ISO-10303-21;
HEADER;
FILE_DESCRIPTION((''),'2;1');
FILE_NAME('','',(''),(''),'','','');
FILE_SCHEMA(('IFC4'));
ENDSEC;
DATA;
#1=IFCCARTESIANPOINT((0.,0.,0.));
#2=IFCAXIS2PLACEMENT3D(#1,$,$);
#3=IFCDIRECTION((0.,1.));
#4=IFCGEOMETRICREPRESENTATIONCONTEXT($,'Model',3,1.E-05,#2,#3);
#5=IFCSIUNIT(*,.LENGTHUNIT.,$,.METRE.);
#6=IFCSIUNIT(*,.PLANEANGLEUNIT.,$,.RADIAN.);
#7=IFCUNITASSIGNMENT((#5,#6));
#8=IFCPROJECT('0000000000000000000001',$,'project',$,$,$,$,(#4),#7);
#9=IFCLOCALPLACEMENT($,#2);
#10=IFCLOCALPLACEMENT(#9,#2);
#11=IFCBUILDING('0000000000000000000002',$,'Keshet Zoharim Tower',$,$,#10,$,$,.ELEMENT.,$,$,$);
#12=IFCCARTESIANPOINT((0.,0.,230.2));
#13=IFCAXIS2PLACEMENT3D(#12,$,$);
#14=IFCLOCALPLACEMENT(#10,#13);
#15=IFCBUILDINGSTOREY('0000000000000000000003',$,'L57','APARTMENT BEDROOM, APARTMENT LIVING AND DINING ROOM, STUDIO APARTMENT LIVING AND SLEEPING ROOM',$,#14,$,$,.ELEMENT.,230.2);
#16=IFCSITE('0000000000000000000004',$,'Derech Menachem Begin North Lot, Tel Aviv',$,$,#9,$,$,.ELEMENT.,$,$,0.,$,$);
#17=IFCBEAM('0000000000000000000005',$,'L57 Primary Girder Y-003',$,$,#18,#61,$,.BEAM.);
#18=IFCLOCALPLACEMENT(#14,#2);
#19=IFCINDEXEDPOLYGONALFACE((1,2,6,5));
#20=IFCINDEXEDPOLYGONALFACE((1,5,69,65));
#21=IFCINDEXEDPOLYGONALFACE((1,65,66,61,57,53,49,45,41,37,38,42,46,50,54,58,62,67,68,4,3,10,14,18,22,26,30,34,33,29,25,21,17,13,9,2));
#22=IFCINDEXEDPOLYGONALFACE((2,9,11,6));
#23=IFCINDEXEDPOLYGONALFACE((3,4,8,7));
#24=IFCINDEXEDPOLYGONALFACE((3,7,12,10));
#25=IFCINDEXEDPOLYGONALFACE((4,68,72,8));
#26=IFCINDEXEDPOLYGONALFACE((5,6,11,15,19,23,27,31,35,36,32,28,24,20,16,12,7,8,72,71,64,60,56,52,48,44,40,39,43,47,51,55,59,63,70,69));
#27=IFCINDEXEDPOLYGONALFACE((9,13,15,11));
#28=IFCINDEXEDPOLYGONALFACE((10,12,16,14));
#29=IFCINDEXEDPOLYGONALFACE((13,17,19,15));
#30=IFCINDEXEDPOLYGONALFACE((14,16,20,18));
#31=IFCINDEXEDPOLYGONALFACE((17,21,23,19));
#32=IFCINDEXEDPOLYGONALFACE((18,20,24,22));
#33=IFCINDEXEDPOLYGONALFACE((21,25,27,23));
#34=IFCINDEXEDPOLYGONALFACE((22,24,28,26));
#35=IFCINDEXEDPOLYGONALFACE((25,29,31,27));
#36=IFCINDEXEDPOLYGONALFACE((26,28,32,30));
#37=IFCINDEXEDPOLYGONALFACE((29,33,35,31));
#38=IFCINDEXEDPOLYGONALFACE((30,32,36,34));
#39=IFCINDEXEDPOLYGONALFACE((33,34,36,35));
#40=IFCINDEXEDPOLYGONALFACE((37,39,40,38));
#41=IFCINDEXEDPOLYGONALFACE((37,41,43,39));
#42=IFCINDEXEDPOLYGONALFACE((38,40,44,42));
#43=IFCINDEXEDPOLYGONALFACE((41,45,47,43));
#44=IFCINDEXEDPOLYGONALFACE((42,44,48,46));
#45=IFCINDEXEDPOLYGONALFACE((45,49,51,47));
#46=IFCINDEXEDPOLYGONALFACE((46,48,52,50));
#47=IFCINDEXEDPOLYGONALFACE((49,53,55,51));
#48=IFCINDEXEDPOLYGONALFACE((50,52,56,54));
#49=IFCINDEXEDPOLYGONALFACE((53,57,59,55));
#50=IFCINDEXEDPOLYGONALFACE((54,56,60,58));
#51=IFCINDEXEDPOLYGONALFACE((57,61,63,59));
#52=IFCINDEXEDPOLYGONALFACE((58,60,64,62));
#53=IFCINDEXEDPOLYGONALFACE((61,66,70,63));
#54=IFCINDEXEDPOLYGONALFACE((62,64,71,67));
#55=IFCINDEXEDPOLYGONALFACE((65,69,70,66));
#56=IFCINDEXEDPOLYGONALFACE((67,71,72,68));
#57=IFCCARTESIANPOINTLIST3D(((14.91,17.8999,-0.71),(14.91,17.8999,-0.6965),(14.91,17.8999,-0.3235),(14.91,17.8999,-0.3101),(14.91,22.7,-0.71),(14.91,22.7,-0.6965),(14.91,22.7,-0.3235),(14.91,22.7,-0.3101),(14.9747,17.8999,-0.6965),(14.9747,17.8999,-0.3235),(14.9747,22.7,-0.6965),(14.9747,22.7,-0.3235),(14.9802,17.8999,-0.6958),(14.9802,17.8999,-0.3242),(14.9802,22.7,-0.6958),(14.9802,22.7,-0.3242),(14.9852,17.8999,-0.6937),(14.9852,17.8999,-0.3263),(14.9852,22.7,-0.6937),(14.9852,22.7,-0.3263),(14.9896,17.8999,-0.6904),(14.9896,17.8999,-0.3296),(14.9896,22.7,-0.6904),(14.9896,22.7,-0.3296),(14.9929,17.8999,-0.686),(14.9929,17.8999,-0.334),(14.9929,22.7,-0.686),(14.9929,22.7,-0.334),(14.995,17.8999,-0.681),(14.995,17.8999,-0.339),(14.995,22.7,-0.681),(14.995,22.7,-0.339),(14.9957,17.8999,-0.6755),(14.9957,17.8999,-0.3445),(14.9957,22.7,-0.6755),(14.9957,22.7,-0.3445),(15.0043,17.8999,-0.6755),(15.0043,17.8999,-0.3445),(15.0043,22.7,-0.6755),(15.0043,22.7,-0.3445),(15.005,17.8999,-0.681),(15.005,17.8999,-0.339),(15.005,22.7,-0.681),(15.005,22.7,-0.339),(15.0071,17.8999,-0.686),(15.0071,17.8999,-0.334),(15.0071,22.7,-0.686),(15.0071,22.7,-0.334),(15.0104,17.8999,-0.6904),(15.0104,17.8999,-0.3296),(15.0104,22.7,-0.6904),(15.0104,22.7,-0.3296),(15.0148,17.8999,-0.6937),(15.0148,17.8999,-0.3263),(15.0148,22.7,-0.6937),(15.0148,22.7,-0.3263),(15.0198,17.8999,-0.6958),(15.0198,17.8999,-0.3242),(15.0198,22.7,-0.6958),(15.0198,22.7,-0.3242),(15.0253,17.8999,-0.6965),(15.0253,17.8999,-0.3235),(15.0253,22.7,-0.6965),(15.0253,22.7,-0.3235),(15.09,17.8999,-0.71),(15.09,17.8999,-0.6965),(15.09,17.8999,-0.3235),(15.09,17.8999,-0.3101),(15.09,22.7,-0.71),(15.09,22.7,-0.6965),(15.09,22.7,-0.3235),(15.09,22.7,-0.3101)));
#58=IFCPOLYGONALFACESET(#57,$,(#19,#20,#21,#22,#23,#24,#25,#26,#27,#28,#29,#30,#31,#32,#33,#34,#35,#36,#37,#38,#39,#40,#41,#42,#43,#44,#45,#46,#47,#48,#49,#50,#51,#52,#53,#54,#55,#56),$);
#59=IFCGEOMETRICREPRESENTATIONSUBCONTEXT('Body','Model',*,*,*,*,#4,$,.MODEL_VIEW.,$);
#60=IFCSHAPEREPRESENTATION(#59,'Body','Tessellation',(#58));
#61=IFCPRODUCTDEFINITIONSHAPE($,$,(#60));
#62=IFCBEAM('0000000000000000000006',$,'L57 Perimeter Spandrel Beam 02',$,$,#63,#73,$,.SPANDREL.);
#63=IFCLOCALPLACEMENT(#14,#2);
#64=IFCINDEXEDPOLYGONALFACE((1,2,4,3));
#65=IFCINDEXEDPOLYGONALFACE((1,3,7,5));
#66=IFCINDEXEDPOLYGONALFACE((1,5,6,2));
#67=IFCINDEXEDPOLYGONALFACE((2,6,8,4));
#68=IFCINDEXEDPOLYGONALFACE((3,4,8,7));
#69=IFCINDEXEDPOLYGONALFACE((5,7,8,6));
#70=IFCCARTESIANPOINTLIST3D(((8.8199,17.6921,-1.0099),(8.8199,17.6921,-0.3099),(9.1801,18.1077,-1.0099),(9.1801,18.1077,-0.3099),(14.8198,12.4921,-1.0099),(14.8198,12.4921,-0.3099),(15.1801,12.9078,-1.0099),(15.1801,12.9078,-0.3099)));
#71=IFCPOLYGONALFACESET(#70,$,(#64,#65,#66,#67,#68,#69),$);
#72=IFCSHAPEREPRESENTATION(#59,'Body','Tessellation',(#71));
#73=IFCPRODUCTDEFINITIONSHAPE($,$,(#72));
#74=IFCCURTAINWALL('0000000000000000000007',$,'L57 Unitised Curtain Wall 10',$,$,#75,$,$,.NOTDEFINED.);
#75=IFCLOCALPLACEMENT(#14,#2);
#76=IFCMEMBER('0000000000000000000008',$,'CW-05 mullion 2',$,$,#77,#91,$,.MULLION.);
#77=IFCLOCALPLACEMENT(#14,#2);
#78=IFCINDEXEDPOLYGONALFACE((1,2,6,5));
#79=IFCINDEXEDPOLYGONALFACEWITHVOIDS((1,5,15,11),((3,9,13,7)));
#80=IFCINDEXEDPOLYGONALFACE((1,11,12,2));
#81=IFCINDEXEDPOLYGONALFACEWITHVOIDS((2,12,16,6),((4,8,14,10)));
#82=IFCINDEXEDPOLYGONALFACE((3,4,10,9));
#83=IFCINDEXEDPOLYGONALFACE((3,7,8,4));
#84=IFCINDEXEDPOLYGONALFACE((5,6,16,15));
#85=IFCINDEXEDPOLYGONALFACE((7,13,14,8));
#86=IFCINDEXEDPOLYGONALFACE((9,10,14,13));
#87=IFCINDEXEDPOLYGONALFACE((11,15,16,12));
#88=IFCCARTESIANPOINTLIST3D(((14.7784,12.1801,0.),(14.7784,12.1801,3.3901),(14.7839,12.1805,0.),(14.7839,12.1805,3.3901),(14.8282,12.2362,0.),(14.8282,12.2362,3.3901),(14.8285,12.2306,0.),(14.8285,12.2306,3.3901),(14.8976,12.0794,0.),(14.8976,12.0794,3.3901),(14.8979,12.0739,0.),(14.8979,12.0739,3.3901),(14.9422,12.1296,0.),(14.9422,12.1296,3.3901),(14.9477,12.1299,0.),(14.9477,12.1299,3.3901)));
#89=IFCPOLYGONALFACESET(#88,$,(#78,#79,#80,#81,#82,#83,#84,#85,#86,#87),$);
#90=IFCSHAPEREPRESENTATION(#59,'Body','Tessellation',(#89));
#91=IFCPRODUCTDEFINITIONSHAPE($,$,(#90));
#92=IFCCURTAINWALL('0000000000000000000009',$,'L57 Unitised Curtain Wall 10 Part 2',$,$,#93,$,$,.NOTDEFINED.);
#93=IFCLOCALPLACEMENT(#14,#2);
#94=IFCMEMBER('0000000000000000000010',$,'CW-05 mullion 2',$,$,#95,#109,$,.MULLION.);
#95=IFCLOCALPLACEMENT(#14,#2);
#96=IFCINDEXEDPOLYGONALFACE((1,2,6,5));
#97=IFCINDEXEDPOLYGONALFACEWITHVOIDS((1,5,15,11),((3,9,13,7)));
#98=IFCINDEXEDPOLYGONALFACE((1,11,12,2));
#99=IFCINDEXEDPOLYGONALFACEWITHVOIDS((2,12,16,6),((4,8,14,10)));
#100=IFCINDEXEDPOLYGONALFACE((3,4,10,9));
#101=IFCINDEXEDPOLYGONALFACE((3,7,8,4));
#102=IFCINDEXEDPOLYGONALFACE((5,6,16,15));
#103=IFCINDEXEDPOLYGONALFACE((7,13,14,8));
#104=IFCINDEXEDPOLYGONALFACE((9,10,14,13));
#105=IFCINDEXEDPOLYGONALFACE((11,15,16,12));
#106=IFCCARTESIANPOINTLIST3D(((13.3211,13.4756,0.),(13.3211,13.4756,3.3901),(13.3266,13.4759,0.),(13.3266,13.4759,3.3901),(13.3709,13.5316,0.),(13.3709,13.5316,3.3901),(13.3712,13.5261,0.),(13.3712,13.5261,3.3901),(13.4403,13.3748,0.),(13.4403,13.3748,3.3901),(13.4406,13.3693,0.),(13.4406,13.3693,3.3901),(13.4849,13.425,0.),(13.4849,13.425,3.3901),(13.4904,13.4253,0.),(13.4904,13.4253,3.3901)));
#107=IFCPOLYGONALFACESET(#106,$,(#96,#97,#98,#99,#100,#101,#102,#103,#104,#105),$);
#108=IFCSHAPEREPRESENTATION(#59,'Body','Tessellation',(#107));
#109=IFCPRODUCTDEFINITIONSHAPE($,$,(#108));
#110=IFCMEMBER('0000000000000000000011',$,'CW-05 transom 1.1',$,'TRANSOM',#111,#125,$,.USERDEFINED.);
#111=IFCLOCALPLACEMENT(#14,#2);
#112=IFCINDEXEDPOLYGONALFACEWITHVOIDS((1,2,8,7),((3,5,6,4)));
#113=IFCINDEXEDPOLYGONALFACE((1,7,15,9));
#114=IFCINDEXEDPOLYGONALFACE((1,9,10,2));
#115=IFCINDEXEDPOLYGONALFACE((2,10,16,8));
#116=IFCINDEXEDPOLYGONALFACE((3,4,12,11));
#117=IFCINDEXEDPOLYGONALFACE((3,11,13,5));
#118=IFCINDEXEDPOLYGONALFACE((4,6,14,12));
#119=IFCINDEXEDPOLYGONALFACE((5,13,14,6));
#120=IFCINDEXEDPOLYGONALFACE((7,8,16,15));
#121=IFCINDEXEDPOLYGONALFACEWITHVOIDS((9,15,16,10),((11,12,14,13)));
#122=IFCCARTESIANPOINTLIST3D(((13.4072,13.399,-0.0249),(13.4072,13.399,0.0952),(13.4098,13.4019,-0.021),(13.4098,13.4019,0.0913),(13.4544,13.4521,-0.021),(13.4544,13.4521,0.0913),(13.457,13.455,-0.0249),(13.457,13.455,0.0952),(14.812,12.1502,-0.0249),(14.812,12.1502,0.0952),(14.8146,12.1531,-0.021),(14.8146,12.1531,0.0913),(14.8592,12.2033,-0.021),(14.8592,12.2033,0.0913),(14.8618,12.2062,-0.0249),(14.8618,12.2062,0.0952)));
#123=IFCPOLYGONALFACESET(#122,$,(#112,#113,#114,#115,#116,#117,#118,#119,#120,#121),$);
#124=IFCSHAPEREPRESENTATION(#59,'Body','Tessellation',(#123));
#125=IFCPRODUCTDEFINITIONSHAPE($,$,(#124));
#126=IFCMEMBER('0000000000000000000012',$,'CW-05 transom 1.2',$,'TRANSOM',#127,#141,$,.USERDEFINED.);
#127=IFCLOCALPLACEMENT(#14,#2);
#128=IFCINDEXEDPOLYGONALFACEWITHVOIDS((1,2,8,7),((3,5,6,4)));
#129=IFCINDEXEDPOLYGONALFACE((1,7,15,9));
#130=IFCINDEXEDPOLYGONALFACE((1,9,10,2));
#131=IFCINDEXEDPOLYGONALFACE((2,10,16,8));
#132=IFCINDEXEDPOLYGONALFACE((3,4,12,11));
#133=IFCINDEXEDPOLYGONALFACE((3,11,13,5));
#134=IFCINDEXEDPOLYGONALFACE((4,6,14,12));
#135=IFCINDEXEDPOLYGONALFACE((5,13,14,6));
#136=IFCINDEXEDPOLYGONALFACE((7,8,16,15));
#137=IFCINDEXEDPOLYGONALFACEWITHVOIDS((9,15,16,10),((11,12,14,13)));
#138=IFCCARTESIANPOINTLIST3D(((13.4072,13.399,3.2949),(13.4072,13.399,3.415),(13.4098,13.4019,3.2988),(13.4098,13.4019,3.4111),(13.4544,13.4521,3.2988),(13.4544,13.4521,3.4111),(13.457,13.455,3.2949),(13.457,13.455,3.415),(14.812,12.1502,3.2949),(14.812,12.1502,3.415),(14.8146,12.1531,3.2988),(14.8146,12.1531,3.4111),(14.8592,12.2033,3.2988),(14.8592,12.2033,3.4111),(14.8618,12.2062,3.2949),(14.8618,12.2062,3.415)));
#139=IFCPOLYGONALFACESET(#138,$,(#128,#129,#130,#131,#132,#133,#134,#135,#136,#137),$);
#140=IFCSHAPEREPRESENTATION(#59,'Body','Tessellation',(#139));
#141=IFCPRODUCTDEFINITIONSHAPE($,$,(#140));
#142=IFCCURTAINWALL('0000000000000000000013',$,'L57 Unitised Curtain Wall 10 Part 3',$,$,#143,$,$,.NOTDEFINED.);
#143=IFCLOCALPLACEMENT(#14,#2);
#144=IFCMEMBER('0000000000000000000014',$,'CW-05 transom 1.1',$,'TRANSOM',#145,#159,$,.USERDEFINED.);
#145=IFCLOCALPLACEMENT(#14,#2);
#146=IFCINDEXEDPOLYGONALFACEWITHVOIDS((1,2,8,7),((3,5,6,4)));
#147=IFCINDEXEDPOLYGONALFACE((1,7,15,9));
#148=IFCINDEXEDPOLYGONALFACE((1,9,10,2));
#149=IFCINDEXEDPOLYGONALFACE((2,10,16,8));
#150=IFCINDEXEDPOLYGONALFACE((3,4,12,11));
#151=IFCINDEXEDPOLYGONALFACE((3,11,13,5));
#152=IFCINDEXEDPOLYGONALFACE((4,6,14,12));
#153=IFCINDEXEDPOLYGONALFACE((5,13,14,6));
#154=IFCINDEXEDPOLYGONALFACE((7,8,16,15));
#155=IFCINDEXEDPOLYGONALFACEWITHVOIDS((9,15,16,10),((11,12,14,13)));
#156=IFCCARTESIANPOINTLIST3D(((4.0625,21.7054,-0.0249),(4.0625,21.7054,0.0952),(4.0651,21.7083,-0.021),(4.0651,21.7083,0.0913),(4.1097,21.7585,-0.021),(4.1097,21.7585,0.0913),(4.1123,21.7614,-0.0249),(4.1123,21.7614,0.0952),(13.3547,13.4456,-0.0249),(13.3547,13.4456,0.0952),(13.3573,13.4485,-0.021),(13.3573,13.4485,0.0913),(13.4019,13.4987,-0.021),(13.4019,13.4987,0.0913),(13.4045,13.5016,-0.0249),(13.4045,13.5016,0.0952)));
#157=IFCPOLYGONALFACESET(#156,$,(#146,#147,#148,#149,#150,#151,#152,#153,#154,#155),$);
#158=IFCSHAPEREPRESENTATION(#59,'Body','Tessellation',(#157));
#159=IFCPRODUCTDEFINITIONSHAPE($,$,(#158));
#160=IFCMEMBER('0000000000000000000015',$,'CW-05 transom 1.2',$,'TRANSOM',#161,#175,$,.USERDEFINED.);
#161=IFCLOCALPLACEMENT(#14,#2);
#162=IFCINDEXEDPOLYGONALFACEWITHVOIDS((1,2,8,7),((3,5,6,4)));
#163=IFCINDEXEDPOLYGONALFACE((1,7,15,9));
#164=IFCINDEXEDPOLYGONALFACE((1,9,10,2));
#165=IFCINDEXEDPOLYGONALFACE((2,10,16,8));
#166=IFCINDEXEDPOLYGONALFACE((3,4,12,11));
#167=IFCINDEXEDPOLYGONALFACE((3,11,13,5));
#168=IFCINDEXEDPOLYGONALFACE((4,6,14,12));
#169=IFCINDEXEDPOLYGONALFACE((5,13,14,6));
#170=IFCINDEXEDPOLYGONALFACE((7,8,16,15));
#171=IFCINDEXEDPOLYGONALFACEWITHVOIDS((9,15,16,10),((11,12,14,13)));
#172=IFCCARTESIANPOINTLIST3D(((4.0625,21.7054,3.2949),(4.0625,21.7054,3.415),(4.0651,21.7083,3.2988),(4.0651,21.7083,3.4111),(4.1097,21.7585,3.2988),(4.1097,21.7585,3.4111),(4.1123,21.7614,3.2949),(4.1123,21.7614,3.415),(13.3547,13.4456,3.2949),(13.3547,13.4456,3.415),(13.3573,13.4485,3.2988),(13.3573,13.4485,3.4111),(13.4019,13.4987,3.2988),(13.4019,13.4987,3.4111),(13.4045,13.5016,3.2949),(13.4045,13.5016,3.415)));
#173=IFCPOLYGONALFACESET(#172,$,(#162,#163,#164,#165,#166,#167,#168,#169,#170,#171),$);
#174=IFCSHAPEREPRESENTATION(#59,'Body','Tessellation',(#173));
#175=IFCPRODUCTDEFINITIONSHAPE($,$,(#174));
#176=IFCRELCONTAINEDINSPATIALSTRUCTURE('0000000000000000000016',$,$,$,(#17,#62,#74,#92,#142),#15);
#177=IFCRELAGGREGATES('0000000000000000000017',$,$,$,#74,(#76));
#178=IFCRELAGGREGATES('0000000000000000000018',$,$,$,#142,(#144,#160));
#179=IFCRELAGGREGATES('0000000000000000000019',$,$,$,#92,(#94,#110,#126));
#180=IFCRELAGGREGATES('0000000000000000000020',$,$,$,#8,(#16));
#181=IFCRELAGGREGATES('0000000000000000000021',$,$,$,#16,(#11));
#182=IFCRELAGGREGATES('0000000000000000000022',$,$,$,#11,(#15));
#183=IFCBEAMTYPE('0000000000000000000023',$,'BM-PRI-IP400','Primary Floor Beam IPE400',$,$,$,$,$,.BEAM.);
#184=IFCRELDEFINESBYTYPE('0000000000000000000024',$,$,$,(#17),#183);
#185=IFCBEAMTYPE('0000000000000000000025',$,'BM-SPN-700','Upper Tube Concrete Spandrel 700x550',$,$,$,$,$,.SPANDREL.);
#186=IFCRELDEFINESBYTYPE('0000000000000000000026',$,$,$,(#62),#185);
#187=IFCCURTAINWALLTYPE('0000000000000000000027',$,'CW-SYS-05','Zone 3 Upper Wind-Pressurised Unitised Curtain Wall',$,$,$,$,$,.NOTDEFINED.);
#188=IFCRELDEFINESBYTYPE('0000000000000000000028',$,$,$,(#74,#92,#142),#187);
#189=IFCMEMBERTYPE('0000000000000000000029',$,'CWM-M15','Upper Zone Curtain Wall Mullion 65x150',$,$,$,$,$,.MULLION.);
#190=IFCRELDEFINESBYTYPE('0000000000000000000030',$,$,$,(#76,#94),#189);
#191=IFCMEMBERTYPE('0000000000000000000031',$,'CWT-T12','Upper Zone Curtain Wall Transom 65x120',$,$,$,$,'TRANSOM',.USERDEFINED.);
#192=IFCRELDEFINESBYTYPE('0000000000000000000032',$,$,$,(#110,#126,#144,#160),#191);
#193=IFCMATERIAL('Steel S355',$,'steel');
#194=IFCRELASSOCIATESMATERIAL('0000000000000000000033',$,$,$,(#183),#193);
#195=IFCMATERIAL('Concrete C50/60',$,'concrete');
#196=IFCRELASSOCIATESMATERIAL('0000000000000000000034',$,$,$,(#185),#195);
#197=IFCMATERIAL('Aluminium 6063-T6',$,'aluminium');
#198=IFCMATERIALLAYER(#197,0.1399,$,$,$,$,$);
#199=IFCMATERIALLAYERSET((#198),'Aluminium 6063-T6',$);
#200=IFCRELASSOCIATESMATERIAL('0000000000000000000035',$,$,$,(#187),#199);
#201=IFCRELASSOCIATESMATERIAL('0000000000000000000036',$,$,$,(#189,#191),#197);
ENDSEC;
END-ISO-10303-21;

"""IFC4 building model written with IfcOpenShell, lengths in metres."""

from ifc_helpers import new_model, si_unit, direction, frame, origin, origin_2d, place, context, subcontext, project, spatial, rectangle, hollow_rectangle, i_section, extrude, material, layer, layer_set, material_profile, profile_set, type_object, element, aggregate, save


model = new_model("IFC4")

# Units and contexts
model_context = context("Model", 3, precision=1e-05, world=origin(), true_north=direction((0.0, 1.0)))
body_context = subcontext(model_context, "Body", "Model", "MODEL_VIEW")
ifc_project = project(units=[si_unit("LENGTHUNIT", "METRE"), si_unit("PLANEANGLEUNIT", "RADIAN")], contexts=[model_context])

# Site, building, storey
site_placement = place(None, origin())
site = spatial("IfcSite", under=ifc_project, at=site_placement, Name="Derech Menachem Begin North Lot, Tel Aviv", CompositionType="ELEMENT", RefElevation=0.0)
building_placement = place(site_placement, origin())
building = spatial("IfcBuilding", under=site, at=building_placement, Name="Keshet Zoharim Tower", CompositionType="ELEMENT")
storey_placement = place(building_placement, frame((0.0, 0.0, 230.2)))
storey = spatial("IfcBuildingStorey", under=building, at=storey_placement, Name="L57", Description="APARTMENT BEDROOM, APARTMENT LIVING AND DINING ROOM, STUDIO APARTMENT LIVING AND SLEEPING ROOM", CompositionType="ELEMENT", Elevation=230.2)

# Shared definitions
ifc_material_1 = material(Name="Steel S355", Category="steel")
ifc_material_2 = material(Name="Concrete C50/60", Category="concrete")

# Beams
ifc_material_profile_1 = material_profile(ifc_material_1, i_section(OverallWidth=0.1799, OverallDepth=0.3999, WebThickness=0.0085, FlangeThickness=0.0134, FilletRadius=0.021, at=origin_2d()), Name="IPE400")
ifc_profile_set_1 = profile_set([ifc_material_profile_1], Name="Steel S355")
beam_type_1 = type_object("IfcBeamType", Name="BM-PRI-IP400", Description="Primary Floor Beam IPE400", PredefinedType="BEAM", material=ifc_profile_set_1)
beam_1_placement = place(storey_placement, frame((15.0, 17.8999, -0.51), z_axis=(0.0, 1.0, 0.0), x_axis=(-1.0, 0.0, 0.0)))
element("IfcBeam", 1, at=beam_1_placement, inside=storey, type_object=beam_type_1, Name="L57 Primary Girder Y-003", PredefinedType="BEAM", context=body_context, shape_type="SweptSolid", body=[
    extrude(i_section(OverallWidth=0.1799, OverallDepth=0.3999, WebThickness=0.0085, FlangeThickness=0.0134, FilletRadius=0.021, at=origin_2d()), origin(), (0.0, 0.0, 1.0), 4.8),
])
ifc_material_profile_2 = material_profile(ifc_material_2, rectangle(XDim=0.55, YDim=0.7, at=origin_2d()), Name="RC700x550")
ifc_profile_set_2 = profile_set([ifc_material_profile_2], Name="Concrete C50/60")
beam_type_2 = type_object("IfcBeamType", Name="BM-SPN-700", Description="Upper Tube Concrete Spandrel 700x550", PredefinedType="SPANDREL", material=ifc_profile_set_2)
beam_2_placement = place(storey_placement, frame((9.0, 17.8999, -0.6599), z_axis=(0.755692, -0.654927, 0.0), x_axis=(0.654927, 0.755692, 0.0)))
element("IfcBeam", 2, at=beam_2_placement, inside=storey, type_object=beam_type_2, Name="L57 Perimeter Spandrel Beam 02", PredefinedType="SPANDREL", context=body_context, shape_type="SweptSolid", body=[
    extrude(rectangle(XDim=0.55, YDim=0.7, at=origin_2d()), origin(), (0.0, 0.0, 1.0), 7.9397),
])

# Curtain wall, member
ifc_material_3 = material(Name="Aluminium 6063-T6", Category="aluminium")
ifc_layer_1 = layer(ifc_material_3, 0.1399)
ifc_layer_set_1 = layer_set([ifc_layer_1], Name="Aluminium 6063-T6")
curtain_wall_type = type_object("IfcCurtainWallType", Name="CW-SYS-05", Description="Zone 3 Upper Wind-Pressurised Unitised Curtain Wall", PredefinedType="NOTDEFINED", material=ifc_layer_set_1)
curtain_wall_1_placement = place(storey_placement, origin())
curtain_wall_1 = element("IfcCurtainWall", 3, at=curtain_wall_1_placement, inside=storey, type_object=curtain_wall_type, Name="L57 Unitised Curtain Wall 10", PredefinedType="NOTDEFINED")
ifc_material_profile_3 = material_profile(ifc_material_3, hollow_rectangle(XDim=0.075, YDim=0.1599, WallThickness=0.0039, at=origin_2d()), Name="MUL-75x160")
ifc_profile_set_3 = profile_set([ifc_material_profile_3], Name="Aluminium 6063-T6")
member_type_1 = type_object("IfcMemberType", Name="CWM-M15", Description="Upper Zone Curtain Wall Mullion 65x150", PredefinedType="MULLION", material=ifc_profile_set_3)
member_1_placement = place(storey_placement, frame((14.863, 12.155, 0.0), z_axis=(0.0, 0.0, 1.0), x_axis=(-0.664363, -0.74741, 0.0)))
member_1 = element("IfcMember", 4, at=member_1_placement, type_object=member_type_1, Name="CW-05 mullion 2", PredefinedType="MULLION", context=body_context, shape_type="SweptSolid", body=[
    extrude(hollow_rectangle(XDim=0.075, YDim=0.1599, WallThickness=0.0039, at=origin_2d()), origin(), (0.0, 0.0, 1.0), 3.3901),
])
aggregate(curtain_wall_1, [member_1])

# Curtain walls, members
curtain_wall_2_placement = place(storey_placement, origin())
curtain_wall_2 = element("IfcCurtainWall", 5, at=curtain_wall_2_placement, inside=storey, type_object=curtain_wall_type, Name="L57 Unitised Curtain Wall 10 Part 2", PredefinedType="NOTDEFINED")
member_2_placement = place(storey_placement, frame((13.4058, 13.4504, 0.0), z_axis=(0.0, 0.0, 1.0), x_axis=(-0.664367, -0.747406, 0.0)))
member_2 = element("IfcMember", 6, at=member_2_placement, type_object=member_type_1, Name="CW-05 mullion 2", PredefinedType="MULLION", context=body_context, shape_type="SweptSolid", body=[
    extrude(hollow_rectangle(XDim=0.075, YDim=0.1599, WallThickness=0.0039, at=origin_2d()), origin(), (0.0, 0.0, 1.0), 3.3901),
])
ifc_material_profile_4 = material_profile(ifc_material_3, hollow_rectangle(XDim=0.075, YDim=0.1201, WallThickness=0.0039, at=origin_2d()), Name="TRN-75x120")
ifc_profile_set_4 = profile_set([ifc_material_profile_4], Name="Aluminium 6063-T6")
member_type_2 = type_object("IfcMemberType", Name="CWT-T12", Description="Upper Zone Curtain Wall Transom 65x120", ElementType="TRANSOM", PredefinedType="USERDEFINED", material=ifc_profile_set_4)
member_3_placement = place(storey_placement, frame((14.8369, 12.1782, 0.0352), z_axis=(-0.747388, 0.664388, 0.0), x_axis=(-0.664388, -0.747388, 0.0)))
member_3 = element("IfcMember", 7, at=member_3_placement, type_object=member_type_2, Name="CW-05 transom 1.1", ObjectType="TRANSOM", PredefinedType="USERDEFINED", context=body_context, shape_type="SweptSolid", body=[
    extrude(hollow_rectangle(XDim=0.075, YDim=0.1201, WallThickness=0.0039, at=origin_2d()), origin(), (0.0, 0.0, 1.0), 1.8796),
])
member_4_placement = place(storey_placement, frame((14.8369, 12.1782, 3.355), z_axis=(-0.747388, 0.664388, 0.0), x_axis=(-0.664388, -0.747388, 0.0)))
member_4 = element("IfcMember", 8, at=member_4_placement, type_object=member_type_2, Name="CW-05 transom 1.2", ObjectType="TRANSOM", PredefinedType="USERDEFINED", context=body_context, shape_type="SweptSolid", body=[
    extrude(hollow_rectangle(XDim=0.075, YDim=0.1201, WallThickness=0.0039, at=origin_2d()), origin(), (0.0, 0.0, 1.0), 1.8796),
])
curtain_wall_3_placement = place(storey_placement, origin())
curtain_wall_3 = element("IfcCurtainWall", 9, at=curtain_wall_3_placement, inside=storey, type_object=curtain_wall_type, Name="L57 Unitised Curtain Wall 10 Part 3", PredefinedType="NOTDEFINED")
member_5_placement = place(storey_placement, frame((13.3796, 13.4736, 0.0352), z_axis=(-0.747409, 0.664364, 0.0), x_axis=(-0.664364, -0.747409, 0.0)))
member_5 = element("IfcMember", 10, at=member_5_placement, type_object=member_type_2, Name="CW-05 transom 1.1", ObjectType="TRANSOM", PredefinedType="USERDEFINED", context=body_context, shape_type="SweptSolid", body=[
    extrude(hollow_rectangle(XDim=0.075, YDim=0.1201, WallThickness=0.0039, at=origin_2d()), origin(), (0.0, 0.0, 1.0), 12.4326),
])
member_6_placement = place(storey_placement, frame((13.3796, 13.4736, 3.355), z_axis=(-0.747409, 0.664364, 0.0), x_axis=(-0.664364, -0.747409, 0.0)))
member_6 = element("IfcMember", 11, at=member_6_placement, type_object=member_type_2, Name="CW-05 transom 1.2", ObjectType="TRANSOM", PredefinedType="USERDEFINED", context=body_context, shape_type="SweptSolid", body=[
    extrude(hollow_rectangle(XDim=0.075, YDim=0.1201, WallThickness=0.0039, at=origin_2d()), origin(), (0.0, 0.0, 1.0), 12.4326),
])

aggregate(curtain_wall_3, [member_5, member_6])
aggregate(curtain_wall_2, [member_2, member_3, member_4])

save(model, "model.ifc")
